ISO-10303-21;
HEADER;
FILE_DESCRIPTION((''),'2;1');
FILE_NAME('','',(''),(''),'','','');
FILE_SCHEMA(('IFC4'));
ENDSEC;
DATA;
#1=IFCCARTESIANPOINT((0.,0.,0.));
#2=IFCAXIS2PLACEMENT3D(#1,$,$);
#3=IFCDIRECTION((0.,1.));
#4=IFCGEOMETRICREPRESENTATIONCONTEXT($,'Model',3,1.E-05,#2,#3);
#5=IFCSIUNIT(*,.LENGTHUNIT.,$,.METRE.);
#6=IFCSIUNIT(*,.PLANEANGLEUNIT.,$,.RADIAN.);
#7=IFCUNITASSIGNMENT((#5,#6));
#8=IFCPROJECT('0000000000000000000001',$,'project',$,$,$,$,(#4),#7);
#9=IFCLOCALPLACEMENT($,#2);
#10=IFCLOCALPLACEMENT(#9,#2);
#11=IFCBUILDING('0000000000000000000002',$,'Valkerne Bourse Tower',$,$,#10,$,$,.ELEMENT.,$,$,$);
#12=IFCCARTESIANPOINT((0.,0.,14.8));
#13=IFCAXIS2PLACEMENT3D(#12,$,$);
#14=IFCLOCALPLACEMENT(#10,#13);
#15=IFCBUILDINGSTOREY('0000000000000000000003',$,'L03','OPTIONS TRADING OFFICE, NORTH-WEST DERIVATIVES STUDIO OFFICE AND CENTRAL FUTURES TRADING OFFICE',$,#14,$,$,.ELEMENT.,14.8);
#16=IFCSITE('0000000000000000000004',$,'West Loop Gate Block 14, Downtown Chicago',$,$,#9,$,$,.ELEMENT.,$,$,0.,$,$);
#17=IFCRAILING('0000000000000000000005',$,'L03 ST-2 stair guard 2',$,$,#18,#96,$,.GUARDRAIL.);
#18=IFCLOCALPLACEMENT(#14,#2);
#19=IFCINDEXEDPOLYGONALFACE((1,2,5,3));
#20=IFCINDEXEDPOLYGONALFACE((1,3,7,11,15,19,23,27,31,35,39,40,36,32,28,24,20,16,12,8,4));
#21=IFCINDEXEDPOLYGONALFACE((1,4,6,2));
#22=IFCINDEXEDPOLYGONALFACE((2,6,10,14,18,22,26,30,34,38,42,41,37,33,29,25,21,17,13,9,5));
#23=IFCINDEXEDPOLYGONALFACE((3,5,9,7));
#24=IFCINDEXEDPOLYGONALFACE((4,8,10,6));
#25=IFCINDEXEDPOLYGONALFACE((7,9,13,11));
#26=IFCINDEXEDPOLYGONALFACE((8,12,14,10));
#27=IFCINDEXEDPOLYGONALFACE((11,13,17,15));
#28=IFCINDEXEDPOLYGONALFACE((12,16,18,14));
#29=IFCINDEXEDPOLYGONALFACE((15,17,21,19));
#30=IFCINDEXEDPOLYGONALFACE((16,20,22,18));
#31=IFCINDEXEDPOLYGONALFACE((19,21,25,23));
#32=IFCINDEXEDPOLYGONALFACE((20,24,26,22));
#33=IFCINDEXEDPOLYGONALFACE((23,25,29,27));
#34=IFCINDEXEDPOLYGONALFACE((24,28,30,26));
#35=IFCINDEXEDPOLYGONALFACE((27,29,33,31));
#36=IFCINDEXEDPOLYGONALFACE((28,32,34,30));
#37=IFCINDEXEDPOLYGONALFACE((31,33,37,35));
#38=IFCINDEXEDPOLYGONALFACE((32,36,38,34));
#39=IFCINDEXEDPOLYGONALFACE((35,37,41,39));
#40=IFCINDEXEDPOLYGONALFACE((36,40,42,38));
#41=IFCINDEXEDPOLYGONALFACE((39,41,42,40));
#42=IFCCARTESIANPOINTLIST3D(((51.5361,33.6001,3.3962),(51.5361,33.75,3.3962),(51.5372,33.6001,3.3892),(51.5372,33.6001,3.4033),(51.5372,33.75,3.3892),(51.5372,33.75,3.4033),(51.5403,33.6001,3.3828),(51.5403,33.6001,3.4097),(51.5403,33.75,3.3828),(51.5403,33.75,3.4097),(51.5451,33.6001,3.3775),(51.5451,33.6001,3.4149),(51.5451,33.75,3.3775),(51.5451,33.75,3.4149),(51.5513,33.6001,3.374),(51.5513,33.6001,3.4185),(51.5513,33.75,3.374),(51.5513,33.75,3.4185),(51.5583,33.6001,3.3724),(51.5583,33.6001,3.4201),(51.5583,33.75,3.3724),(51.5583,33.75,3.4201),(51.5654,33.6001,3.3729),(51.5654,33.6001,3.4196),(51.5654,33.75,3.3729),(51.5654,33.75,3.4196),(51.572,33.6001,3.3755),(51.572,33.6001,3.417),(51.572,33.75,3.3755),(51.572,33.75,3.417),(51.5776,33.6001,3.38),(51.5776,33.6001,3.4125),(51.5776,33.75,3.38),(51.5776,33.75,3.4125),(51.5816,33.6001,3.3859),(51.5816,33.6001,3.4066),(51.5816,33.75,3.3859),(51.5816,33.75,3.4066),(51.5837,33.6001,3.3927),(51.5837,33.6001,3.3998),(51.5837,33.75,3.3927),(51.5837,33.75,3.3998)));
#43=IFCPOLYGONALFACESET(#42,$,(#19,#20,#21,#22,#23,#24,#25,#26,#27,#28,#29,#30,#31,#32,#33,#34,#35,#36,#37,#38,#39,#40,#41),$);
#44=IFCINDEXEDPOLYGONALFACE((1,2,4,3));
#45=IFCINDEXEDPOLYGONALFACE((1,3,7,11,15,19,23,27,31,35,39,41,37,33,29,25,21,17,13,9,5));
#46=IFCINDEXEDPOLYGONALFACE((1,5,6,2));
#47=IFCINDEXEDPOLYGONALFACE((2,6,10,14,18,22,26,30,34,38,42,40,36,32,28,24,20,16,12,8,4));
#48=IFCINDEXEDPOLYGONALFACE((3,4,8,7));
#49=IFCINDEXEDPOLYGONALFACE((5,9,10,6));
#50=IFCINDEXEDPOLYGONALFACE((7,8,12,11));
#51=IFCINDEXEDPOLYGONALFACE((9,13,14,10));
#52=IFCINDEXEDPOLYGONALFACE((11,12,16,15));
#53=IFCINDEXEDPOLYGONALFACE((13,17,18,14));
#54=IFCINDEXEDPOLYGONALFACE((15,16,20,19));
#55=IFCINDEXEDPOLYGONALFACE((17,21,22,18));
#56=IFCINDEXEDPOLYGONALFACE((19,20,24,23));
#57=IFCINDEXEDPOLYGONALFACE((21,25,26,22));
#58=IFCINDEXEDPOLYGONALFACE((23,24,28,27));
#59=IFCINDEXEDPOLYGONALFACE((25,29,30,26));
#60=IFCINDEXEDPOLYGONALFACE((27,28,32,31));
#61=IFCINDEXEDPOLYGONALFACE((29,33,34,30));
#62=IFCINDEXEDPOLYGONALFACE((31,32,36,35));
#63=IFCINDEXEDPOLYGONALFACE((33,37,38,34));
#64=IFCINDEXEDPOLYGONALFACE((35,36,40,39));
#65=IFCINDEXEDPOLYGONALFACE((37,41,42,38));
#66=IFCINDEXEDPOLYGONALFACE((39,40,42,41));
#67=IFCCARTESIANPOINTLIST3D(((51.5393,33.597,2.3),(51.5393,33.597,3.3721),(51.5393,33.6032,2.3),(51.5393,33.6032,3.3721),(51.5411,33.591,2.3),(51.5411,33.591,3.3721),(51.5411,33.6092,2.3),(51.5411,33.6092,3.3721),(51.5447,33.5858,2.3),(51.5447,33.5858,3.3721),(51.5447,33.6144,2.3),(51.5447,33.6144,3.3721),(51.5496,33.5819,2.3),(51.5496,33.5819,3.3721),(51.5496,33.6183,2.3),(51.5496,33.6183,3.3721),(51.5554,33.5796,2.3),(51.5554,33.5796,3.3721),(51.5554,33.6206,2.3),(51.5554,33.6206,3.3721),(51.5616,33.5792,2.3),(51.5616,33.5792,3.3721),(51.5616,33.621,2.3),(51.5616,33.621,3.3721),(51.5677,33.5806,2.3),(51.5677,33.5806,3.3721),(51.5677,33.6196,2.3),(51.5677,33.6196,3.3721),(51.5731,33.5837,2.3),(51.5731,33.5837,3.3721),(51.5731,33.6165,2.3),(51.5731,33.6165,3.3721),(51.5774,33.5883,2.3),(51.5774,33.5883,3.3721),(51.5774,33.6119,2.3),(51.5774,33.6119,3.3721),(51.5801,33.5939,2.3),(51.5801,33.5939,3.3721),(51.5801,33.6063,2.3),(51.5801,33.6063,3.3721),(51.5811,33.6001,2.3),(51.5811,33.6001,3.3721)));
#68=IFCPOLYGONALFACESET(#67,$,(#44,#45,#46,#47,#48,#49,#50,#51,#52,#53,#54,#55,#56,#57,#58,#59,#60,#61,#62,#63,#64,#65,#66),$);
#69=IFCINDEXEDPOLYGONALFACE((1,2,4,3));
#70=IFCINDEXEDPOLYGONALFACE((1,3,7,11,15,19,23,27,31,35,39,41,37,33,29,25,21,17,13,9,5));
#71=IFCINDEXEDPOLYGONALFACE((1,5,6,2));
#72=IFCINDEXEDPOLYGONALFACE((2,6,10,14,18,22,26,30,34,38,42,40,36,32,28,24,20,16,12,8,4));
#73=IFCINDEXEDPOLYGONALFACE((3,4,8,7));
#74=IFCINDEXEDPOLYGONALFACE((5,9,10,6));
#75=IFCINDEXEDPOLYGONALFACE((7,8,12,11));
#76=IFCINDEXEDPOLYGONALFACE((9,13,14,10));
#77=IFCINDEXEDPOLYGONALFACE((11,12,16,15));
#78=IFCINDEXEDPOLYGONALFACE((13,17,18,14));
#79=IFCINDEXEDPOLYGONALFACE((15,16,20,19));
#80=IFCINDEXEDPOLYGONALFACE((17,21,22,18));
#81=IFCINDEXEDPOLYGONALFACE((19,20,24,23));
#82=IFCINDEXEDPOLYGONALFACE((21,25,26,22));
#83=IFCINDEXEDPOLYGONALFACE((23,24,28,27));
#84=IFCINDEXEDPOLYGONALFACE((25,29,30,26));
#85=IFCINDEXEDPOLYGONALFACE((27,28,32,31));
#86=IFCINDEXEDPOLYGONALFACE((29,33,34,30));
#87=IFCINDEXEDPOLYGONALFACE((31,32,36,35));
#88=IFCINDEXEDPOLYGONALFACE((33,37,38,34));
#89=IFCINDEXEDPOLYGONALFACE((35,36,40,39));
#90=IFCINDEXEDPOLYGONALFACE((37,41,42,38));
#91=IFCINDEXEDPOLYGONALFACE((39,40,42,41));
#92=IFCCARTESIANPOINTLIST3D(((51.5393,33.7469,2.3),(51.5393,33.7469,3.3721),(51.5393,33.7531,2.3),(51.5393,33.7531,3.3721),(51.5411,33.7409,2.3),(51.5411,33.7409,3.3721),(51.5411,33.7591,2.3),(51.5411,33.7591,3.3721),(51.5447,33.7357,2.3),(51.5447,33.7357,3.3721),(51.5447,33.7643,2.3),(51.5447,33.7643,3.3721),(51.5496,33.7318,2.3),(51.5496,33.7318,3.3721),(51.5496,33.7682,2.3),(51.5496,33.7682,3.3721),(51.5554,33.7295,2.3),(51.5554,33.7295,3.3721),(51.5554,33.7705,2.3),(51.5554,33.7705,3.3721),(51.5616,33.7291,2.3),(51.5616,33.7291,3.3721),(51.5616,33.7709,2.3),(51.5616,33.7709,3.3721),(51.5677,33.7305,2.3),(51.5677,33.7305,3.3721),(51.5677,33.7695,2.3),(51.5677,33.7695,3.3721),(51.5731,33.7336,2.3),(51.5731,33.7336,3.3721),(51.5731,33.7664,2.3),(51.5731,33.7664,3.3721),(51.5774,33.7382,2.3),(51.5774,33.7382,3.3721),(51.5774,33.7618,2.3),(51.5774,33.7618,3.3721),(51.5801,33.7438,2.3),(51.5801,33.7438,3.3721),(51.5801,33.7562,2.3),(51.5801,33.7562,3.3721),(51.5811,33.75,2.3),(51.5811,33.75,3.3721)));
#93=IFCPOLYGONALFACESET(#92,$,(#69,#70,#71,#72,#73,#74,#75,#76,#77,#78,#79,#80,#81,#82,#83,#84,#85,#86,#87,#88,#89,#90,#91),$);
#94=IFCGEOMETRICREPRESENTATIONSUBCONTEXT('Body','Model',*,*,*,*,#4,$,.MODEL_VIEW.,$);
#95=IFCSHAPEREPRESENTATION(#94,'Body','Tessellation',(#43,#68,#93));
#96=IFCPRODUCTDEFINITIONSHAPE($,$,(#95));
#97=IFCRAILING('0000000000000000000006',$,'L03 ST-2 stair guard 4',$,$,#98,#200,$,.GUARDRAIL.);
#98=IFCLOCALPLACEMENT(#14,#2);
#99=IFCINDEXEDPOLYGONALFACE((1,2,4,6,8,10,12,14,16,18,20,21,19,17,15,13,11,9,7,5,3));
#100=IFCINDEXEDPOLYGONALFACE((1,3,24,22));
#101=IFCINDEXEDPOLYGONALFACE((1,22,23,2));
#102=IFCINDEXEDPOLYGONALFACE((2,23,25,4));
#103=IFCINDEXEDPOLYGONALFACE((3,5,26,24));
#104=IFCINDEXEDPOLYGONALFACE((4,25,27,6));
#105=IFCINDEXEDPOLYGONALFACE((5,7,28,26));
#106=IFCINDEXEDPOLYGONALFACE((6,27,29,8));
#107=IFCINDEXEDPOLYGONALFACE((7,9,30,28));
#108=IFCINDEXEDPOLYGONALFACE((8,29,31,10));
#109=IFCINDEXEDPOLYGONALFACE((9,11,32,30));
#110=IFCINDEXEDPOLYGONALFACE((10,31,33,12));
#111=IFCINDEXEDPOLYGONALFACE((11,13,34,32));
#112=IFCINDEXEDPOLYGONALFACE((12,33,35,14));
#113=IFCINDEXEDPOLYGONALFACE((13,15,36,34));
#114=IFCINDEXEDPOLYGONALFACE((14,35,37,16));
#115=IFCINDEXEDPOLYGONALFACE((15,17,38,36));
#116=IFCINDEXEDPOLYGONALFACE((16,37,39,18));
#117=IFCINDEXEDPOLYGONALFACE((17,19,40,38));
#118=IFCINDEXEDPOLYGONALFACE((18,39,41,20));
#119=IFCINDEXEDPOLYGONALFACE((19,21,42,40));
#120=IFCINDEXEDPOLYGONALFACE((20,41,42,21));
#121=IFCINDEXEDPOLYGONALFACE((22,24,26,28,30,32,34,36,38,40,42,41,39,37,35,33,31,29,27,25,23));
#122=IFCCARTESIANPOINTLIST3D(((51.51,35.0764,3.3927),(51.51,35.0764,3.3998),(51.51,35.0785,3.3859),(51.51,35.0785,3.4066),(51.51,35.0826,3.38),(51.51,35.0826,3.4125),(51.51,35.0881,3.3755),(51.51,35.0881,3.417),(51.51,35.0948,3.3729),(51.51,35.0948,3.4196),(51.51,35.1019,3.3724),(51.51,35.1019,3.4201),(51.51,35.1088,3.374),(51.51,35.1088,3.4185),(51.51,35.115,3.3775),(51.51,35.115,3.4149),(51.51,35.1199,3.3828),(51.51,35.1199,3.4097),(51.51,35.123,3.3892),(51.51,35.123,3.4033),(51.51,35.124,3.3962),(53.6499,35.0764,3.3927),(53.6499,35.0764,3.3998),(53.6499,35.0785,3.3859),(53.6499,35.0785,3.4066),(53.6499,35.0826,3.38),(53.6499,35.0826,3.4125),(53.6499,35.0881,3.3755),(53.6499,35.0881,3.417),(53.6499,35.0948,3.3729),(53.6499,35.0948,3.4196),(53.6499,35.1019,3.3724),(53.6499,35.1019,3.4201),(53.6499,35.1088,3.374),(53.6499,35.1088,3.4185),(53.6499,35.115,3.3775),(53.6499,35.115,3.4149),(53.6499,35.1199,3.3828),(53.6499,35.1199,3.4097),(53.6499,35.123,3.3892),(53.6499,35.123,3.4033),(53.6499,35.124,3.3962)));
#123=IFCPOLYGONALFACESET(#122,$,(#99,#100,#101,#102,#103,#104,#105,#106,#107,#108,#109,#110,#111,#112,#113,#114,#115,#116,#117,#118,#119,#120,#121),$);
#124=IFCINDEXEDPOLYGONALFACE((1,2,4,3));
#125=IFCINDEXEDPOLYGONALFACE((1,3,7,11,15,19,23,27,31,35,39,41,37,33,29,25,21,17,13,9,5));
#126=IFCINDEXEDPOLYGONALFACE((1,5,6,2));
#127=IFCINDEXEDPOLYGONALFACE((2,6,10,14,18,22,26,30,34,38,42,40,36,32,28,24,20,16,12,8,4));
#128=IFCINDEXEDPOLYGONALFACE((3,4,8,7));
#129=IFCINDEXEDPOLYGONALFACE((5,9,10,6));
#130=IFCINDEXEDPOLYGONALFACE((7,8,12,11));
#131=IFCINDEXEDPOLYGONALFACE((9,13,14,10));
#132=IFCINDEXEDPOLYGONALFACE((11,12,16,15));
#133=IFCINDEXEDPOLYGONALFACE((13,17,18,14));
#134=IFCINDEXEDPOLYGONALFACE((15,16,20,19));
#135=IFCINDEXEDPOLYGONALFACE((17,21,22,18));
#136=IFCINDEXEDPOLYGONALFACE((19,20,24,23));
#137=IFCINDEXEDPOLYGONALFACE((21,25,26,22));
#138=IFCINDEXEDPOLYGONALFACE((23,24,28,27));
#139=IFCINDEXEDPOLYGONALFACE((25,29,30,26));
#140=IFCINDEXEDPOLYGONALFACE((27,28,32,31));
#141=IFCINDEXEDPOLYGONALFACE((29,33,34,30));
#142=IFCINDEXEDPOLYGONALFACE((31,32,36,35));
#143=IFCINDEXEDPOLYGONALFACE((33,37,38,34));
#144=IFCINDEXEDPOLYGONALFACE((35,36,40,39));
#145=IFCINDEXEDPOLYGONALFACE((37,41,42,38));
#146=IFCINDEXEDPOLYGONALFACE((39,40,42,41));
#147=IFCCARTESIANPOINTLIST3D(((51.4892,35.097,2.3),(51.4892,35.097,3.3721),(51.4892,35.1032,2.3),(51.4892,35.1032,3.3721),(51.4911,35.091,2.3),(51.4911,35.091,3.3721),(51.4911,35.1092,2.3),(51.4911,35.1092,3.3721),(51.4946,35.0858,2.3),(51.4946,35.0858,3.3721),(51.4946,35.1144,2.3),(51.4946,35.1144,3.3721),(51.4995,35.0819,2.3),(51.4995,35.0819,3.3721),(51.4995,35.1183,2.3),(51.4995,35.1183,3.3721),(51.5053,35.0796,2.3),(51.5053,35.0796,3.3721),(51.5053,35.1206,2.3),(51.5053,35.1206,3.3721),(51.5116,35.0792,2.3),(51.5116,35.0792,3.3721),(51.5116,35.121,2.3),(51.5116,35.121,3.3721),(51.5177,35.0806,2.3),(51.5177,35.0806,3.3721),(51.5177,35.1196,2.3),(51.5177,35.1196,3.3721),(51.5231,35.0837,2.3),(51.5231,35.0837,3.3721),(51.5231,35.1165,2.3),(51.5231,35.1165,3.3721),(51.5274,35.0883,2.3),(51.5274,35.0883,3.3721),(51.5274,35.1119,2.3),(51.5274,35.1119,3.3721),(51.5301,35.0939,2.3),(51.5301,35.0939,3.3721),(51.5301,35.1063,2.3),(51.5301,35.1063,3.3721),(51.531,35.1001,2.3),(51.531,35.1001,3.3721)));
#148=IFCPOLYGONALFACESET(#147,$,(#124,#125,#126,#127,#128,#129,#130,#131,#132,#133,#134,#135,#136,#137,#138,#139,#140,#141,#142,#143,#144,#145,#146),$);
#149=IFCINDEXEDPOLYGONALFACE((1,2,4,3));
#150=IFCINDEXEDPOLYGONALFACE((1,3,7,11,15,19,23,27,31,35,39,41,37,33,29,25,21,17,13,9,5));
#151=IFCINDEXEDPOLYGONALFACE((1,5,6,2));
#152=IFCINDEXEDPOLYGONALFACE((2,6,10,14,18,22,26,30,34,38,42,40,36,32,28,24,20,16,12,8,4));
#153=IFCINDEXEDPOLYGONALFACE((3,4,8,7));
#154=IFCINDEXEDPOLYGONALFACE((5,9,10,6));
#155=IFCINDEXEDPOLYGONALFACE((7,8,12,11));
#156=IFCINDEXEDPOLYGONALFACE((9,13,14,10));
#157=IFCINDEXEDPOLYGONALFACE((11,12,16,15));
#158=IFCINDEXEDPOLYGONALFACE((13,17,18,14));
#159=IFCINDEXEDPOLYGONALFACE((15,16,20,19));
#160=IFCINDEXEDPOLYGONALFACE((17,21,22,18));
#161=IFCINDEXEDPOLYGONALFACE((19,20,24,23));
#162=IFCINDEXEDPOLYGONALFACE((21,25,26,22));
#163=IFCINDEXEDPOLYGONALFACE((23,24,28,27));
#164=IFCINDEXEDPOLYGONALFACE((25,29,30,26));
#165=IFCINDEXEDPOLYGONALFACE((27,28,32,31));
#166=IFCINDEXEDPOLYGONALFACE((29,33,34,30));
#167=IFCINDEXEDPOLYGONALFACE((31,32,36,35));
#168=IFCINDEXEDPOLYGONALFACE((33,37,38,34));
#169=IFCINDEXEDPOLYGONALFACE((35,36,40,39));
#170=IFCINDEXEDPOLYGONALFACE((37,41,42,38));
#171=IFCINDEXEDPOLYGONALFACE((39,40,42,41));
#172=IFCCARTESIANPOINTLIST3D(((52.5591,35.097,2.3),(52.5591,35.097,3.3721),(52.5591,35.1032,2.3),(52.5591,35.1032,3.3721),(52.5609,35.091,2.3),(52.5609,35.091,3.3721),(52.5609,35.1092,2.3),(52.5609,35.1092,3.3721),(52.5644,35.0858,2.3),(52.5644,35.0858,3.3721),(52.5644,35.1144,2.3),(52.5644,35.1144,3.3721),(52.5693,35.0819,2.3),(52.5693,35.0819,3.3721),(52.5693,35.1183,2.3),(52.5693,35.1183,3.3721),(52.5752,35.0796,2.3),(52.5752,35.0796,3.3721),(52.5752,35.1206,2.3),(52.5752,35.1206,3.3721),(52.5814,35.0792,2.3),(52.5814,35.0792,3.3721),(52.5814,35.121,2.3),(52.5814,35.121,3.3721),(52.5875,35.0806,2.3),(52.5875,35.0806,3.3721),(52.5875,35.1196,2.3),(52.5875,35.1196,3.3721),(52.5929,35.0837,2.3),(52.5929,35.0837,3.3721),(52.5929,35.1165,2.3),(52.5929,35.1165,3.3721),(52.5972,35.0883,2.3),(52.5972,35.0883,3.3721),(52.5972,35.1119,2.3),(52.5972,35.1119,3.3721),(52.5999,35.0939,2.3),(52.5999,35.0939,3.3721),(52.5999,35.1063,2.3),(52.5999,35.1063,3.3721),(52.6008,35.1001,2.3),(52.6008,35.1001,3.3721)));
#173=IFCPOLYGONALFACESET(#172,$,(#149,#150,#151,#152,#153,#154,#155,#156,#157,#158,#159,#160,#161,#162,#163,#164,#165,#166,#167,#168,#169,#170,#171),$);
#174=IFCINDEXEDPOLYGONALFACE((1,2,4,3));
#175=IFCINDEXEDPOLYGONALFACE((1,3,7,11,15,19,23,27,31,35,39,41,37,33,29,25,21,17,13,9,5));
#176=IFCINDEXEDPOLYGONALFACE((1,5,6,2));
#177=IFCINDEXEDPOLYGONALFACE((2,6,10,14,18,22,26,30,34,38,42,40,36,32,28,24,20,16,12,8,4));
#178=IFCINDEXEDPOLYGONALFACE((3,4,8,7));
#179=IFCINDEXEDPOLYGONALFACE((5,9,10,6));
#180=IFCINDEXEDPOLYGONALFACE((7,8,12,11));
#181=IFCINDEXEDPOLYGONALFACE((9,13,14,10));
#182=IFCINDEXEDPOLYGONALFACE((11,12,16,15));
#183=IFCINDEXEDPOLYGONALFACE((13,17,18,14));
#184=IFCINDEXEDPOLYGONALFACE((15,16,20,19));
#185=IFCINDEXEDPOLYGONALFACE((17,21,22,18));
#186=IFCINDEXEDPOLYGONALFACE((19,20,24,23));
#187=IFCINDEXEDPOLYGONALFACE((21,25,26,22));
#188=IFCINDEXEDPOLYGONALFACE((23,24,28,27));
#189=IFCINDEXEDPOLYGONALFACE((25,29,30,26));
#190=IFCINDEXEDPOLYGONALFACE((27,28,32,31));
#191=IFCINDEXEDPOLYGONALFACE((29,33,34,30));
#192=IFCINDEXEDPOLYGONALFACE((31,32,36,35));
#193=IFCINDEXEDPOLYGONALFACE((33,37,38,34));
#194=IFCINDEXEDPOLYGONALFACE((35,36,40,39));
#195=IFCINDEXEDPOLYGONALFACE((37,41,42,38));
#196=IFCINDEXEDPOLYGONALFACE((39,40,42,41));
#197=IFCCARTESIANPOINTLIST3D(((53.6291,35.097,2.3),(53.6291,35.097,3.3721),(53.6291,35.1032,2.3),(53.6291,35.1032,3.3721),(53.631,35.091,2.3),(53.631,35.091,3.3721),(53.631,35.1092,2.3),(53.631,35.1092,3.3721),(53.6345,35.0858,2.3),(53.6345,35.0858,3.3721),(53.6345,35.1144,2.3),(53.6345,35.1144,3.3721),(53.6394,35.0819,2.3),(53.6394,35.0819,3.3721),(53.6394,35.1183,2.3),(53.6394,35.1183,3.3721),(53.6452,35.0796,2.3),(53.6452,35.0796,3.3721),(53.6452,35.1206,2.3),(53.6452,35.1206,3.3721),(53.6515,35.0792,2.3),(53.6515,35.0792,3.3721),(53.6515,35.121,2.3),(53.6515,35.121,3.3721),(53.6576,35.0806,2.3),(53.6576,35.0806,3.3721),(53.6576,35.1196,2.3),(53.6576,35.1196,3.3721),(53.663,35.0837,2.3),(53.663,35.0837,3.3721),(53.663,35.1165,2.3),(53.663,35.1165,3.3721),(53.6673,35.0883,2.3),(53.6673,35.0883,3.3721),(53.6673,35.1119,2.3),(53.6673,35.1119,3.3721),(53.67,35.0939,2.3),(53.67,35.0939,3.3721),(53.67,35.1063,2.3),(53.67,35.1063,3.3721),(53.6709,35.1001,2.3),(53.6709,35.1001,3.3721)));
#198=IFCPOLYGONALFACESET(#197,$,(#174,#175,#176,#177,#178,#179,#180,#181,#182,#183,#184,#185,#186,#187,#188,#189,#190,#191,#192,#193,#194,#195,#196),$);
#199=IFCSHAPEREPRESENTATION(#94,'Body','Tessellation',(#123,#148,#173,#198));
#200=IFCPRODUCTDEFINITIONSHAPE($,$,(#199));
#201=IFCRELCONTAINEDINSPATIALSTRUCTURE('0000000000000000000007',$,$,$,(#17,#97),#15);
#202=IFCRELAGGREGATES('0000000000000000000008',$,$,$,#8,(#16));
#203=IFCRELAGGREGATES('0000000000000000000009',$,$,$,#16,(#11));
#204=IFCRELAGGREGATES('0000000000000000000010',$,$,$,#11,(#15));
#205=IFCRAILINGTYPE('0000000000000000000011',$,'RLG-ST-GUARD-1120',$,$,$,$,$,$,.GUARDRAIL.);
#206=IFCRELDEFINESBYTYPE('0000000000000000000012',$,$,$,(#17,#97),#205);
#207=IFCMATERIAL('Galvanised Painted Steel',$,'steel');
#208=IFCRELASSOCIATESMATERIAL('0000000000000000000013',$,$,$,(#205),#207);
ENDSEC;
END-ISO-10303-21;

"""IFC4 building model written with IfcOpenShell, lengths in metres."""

from ifc_helpers import new_model, si_unit, direction, frame, origin, origin_2d, place, context, subcontext, project, spatial, circle, extrude, material, type_object, element, save


model = new_model("IFC4")

# Units and contexts
model_context = context("Model", 3, precision=1e-05, world=origin(), true_north=direction((0.0, 1.0)))
body_context = subcontext(model_context, "Body", "Model", "MODEL_VIEW")
ifc_project = project(units=[si_unit("LENGTHUNIT", "METRE"), si_unit("PLANEANGLEUNIT", "RADIAN")], contexts=[model_context])

# Site, building, storey
site_placement = place(None, origin())
site = spatial("IfcSite", under=ifc_project, at=site_placement, Name="West Loop Gate Block 14, Downtown Chicago", CompositionType="ELEMENT", RefElevation=0.0)
building_placement = place(site_placement, origin())
building = spatial("IfcBuilding", under=site, at=building_placement, Name="Valkerne Bourse Tower", CompositionType="ELEMENT")
storey_placement = place(building_placement, frame((0.0, 0.0, 14.8)))
storey = spatial("IfcBuildingStorey", under=building, at=storey_placement, Name="L03", Description="OPTIONS TRADING OFFICE, NORTH-WEST DERIVATIVES STUDIO OFFICE AND CENTRAL FUTURES TRADING OFFICE", CompositionType="ELEMENT", Elevation=14.8)

# Railings
ifc_material_1 = material(Name="Galvanised Painted Steel", Category="steel")
railing_type_1 = type_object("IfcRailingType", Name="RLG-ST-GUARD-1120", PredefinedType="GUARDRAIL", material=ifc_material_1)
railing_1_placement = place(storey_placement, frame((51.5601, 33.6001, 2.3)))
element("IfcRailing", 1, at=railing_1_placement, inside=storey, type_object=railing_type_1, Name="L03 ST-2 stair guard 2", PredefinedType="GUARDRAIL", context=body_context, shape_type="SweptSolid", body=[
    extrude(circle(Radius=0.0239, at=origin_2d()), frame((0.0, 0.0, 1.0962), z_axis=(0.0, 1.0, 0.0), x_axis=(-1.0, 0.0, 0.0)), (0.0, 0.0, 1.0), 0.1499),
    extrude(circle(Radius=0.021, at=origin_2d()), origin(), (0.0, 0.0, 1.0), 1.072),
    extrude(circle(Radius=0.021, at=origin_2d()), frame((0.0, 0.1499, 0.0)), (0.0, 0.0, 1.0), 1.072),
])
railing_2_placement = place(storey_placement, frame((51.51, 35.1001, 2.3)))
element("IfcRailing", 2, at=railing_2_placement, inside=storey, type_object=railing_type_1, Name="L03 ST-2 stair guard 4", PredefinedType="GUARDRAIL", context=body_context, shape_type="SweptSolid", body=[
    extrude(circle(Radius=0.0239, at=origin_2d()), frame((0.0, 0.0, 1.0962), z_axis=(1.0, 0.0, 0.0), x_axis=(0.0, 1.0, 0.0)), (0.0, 0.0, 1.0), 2.1399),
    extrude(circle(Radius=0.021, at=origin_2d()), origin(), (0.0, 0.0, 1.0), 1.072),
    extrude(circle(Radius=0.021, at=origin_2d()), frame((1.0698, 0.0, 0.0)), (0.0, 0.0, 1.0), 1.072),
    extrude(circle(Radius=0.021, at=origin_2d()), frame((2.1399, 0.0, 0.0)), (0.0, 0.0, 1.0), 1.072),
])

save(model, "model.ifc")
